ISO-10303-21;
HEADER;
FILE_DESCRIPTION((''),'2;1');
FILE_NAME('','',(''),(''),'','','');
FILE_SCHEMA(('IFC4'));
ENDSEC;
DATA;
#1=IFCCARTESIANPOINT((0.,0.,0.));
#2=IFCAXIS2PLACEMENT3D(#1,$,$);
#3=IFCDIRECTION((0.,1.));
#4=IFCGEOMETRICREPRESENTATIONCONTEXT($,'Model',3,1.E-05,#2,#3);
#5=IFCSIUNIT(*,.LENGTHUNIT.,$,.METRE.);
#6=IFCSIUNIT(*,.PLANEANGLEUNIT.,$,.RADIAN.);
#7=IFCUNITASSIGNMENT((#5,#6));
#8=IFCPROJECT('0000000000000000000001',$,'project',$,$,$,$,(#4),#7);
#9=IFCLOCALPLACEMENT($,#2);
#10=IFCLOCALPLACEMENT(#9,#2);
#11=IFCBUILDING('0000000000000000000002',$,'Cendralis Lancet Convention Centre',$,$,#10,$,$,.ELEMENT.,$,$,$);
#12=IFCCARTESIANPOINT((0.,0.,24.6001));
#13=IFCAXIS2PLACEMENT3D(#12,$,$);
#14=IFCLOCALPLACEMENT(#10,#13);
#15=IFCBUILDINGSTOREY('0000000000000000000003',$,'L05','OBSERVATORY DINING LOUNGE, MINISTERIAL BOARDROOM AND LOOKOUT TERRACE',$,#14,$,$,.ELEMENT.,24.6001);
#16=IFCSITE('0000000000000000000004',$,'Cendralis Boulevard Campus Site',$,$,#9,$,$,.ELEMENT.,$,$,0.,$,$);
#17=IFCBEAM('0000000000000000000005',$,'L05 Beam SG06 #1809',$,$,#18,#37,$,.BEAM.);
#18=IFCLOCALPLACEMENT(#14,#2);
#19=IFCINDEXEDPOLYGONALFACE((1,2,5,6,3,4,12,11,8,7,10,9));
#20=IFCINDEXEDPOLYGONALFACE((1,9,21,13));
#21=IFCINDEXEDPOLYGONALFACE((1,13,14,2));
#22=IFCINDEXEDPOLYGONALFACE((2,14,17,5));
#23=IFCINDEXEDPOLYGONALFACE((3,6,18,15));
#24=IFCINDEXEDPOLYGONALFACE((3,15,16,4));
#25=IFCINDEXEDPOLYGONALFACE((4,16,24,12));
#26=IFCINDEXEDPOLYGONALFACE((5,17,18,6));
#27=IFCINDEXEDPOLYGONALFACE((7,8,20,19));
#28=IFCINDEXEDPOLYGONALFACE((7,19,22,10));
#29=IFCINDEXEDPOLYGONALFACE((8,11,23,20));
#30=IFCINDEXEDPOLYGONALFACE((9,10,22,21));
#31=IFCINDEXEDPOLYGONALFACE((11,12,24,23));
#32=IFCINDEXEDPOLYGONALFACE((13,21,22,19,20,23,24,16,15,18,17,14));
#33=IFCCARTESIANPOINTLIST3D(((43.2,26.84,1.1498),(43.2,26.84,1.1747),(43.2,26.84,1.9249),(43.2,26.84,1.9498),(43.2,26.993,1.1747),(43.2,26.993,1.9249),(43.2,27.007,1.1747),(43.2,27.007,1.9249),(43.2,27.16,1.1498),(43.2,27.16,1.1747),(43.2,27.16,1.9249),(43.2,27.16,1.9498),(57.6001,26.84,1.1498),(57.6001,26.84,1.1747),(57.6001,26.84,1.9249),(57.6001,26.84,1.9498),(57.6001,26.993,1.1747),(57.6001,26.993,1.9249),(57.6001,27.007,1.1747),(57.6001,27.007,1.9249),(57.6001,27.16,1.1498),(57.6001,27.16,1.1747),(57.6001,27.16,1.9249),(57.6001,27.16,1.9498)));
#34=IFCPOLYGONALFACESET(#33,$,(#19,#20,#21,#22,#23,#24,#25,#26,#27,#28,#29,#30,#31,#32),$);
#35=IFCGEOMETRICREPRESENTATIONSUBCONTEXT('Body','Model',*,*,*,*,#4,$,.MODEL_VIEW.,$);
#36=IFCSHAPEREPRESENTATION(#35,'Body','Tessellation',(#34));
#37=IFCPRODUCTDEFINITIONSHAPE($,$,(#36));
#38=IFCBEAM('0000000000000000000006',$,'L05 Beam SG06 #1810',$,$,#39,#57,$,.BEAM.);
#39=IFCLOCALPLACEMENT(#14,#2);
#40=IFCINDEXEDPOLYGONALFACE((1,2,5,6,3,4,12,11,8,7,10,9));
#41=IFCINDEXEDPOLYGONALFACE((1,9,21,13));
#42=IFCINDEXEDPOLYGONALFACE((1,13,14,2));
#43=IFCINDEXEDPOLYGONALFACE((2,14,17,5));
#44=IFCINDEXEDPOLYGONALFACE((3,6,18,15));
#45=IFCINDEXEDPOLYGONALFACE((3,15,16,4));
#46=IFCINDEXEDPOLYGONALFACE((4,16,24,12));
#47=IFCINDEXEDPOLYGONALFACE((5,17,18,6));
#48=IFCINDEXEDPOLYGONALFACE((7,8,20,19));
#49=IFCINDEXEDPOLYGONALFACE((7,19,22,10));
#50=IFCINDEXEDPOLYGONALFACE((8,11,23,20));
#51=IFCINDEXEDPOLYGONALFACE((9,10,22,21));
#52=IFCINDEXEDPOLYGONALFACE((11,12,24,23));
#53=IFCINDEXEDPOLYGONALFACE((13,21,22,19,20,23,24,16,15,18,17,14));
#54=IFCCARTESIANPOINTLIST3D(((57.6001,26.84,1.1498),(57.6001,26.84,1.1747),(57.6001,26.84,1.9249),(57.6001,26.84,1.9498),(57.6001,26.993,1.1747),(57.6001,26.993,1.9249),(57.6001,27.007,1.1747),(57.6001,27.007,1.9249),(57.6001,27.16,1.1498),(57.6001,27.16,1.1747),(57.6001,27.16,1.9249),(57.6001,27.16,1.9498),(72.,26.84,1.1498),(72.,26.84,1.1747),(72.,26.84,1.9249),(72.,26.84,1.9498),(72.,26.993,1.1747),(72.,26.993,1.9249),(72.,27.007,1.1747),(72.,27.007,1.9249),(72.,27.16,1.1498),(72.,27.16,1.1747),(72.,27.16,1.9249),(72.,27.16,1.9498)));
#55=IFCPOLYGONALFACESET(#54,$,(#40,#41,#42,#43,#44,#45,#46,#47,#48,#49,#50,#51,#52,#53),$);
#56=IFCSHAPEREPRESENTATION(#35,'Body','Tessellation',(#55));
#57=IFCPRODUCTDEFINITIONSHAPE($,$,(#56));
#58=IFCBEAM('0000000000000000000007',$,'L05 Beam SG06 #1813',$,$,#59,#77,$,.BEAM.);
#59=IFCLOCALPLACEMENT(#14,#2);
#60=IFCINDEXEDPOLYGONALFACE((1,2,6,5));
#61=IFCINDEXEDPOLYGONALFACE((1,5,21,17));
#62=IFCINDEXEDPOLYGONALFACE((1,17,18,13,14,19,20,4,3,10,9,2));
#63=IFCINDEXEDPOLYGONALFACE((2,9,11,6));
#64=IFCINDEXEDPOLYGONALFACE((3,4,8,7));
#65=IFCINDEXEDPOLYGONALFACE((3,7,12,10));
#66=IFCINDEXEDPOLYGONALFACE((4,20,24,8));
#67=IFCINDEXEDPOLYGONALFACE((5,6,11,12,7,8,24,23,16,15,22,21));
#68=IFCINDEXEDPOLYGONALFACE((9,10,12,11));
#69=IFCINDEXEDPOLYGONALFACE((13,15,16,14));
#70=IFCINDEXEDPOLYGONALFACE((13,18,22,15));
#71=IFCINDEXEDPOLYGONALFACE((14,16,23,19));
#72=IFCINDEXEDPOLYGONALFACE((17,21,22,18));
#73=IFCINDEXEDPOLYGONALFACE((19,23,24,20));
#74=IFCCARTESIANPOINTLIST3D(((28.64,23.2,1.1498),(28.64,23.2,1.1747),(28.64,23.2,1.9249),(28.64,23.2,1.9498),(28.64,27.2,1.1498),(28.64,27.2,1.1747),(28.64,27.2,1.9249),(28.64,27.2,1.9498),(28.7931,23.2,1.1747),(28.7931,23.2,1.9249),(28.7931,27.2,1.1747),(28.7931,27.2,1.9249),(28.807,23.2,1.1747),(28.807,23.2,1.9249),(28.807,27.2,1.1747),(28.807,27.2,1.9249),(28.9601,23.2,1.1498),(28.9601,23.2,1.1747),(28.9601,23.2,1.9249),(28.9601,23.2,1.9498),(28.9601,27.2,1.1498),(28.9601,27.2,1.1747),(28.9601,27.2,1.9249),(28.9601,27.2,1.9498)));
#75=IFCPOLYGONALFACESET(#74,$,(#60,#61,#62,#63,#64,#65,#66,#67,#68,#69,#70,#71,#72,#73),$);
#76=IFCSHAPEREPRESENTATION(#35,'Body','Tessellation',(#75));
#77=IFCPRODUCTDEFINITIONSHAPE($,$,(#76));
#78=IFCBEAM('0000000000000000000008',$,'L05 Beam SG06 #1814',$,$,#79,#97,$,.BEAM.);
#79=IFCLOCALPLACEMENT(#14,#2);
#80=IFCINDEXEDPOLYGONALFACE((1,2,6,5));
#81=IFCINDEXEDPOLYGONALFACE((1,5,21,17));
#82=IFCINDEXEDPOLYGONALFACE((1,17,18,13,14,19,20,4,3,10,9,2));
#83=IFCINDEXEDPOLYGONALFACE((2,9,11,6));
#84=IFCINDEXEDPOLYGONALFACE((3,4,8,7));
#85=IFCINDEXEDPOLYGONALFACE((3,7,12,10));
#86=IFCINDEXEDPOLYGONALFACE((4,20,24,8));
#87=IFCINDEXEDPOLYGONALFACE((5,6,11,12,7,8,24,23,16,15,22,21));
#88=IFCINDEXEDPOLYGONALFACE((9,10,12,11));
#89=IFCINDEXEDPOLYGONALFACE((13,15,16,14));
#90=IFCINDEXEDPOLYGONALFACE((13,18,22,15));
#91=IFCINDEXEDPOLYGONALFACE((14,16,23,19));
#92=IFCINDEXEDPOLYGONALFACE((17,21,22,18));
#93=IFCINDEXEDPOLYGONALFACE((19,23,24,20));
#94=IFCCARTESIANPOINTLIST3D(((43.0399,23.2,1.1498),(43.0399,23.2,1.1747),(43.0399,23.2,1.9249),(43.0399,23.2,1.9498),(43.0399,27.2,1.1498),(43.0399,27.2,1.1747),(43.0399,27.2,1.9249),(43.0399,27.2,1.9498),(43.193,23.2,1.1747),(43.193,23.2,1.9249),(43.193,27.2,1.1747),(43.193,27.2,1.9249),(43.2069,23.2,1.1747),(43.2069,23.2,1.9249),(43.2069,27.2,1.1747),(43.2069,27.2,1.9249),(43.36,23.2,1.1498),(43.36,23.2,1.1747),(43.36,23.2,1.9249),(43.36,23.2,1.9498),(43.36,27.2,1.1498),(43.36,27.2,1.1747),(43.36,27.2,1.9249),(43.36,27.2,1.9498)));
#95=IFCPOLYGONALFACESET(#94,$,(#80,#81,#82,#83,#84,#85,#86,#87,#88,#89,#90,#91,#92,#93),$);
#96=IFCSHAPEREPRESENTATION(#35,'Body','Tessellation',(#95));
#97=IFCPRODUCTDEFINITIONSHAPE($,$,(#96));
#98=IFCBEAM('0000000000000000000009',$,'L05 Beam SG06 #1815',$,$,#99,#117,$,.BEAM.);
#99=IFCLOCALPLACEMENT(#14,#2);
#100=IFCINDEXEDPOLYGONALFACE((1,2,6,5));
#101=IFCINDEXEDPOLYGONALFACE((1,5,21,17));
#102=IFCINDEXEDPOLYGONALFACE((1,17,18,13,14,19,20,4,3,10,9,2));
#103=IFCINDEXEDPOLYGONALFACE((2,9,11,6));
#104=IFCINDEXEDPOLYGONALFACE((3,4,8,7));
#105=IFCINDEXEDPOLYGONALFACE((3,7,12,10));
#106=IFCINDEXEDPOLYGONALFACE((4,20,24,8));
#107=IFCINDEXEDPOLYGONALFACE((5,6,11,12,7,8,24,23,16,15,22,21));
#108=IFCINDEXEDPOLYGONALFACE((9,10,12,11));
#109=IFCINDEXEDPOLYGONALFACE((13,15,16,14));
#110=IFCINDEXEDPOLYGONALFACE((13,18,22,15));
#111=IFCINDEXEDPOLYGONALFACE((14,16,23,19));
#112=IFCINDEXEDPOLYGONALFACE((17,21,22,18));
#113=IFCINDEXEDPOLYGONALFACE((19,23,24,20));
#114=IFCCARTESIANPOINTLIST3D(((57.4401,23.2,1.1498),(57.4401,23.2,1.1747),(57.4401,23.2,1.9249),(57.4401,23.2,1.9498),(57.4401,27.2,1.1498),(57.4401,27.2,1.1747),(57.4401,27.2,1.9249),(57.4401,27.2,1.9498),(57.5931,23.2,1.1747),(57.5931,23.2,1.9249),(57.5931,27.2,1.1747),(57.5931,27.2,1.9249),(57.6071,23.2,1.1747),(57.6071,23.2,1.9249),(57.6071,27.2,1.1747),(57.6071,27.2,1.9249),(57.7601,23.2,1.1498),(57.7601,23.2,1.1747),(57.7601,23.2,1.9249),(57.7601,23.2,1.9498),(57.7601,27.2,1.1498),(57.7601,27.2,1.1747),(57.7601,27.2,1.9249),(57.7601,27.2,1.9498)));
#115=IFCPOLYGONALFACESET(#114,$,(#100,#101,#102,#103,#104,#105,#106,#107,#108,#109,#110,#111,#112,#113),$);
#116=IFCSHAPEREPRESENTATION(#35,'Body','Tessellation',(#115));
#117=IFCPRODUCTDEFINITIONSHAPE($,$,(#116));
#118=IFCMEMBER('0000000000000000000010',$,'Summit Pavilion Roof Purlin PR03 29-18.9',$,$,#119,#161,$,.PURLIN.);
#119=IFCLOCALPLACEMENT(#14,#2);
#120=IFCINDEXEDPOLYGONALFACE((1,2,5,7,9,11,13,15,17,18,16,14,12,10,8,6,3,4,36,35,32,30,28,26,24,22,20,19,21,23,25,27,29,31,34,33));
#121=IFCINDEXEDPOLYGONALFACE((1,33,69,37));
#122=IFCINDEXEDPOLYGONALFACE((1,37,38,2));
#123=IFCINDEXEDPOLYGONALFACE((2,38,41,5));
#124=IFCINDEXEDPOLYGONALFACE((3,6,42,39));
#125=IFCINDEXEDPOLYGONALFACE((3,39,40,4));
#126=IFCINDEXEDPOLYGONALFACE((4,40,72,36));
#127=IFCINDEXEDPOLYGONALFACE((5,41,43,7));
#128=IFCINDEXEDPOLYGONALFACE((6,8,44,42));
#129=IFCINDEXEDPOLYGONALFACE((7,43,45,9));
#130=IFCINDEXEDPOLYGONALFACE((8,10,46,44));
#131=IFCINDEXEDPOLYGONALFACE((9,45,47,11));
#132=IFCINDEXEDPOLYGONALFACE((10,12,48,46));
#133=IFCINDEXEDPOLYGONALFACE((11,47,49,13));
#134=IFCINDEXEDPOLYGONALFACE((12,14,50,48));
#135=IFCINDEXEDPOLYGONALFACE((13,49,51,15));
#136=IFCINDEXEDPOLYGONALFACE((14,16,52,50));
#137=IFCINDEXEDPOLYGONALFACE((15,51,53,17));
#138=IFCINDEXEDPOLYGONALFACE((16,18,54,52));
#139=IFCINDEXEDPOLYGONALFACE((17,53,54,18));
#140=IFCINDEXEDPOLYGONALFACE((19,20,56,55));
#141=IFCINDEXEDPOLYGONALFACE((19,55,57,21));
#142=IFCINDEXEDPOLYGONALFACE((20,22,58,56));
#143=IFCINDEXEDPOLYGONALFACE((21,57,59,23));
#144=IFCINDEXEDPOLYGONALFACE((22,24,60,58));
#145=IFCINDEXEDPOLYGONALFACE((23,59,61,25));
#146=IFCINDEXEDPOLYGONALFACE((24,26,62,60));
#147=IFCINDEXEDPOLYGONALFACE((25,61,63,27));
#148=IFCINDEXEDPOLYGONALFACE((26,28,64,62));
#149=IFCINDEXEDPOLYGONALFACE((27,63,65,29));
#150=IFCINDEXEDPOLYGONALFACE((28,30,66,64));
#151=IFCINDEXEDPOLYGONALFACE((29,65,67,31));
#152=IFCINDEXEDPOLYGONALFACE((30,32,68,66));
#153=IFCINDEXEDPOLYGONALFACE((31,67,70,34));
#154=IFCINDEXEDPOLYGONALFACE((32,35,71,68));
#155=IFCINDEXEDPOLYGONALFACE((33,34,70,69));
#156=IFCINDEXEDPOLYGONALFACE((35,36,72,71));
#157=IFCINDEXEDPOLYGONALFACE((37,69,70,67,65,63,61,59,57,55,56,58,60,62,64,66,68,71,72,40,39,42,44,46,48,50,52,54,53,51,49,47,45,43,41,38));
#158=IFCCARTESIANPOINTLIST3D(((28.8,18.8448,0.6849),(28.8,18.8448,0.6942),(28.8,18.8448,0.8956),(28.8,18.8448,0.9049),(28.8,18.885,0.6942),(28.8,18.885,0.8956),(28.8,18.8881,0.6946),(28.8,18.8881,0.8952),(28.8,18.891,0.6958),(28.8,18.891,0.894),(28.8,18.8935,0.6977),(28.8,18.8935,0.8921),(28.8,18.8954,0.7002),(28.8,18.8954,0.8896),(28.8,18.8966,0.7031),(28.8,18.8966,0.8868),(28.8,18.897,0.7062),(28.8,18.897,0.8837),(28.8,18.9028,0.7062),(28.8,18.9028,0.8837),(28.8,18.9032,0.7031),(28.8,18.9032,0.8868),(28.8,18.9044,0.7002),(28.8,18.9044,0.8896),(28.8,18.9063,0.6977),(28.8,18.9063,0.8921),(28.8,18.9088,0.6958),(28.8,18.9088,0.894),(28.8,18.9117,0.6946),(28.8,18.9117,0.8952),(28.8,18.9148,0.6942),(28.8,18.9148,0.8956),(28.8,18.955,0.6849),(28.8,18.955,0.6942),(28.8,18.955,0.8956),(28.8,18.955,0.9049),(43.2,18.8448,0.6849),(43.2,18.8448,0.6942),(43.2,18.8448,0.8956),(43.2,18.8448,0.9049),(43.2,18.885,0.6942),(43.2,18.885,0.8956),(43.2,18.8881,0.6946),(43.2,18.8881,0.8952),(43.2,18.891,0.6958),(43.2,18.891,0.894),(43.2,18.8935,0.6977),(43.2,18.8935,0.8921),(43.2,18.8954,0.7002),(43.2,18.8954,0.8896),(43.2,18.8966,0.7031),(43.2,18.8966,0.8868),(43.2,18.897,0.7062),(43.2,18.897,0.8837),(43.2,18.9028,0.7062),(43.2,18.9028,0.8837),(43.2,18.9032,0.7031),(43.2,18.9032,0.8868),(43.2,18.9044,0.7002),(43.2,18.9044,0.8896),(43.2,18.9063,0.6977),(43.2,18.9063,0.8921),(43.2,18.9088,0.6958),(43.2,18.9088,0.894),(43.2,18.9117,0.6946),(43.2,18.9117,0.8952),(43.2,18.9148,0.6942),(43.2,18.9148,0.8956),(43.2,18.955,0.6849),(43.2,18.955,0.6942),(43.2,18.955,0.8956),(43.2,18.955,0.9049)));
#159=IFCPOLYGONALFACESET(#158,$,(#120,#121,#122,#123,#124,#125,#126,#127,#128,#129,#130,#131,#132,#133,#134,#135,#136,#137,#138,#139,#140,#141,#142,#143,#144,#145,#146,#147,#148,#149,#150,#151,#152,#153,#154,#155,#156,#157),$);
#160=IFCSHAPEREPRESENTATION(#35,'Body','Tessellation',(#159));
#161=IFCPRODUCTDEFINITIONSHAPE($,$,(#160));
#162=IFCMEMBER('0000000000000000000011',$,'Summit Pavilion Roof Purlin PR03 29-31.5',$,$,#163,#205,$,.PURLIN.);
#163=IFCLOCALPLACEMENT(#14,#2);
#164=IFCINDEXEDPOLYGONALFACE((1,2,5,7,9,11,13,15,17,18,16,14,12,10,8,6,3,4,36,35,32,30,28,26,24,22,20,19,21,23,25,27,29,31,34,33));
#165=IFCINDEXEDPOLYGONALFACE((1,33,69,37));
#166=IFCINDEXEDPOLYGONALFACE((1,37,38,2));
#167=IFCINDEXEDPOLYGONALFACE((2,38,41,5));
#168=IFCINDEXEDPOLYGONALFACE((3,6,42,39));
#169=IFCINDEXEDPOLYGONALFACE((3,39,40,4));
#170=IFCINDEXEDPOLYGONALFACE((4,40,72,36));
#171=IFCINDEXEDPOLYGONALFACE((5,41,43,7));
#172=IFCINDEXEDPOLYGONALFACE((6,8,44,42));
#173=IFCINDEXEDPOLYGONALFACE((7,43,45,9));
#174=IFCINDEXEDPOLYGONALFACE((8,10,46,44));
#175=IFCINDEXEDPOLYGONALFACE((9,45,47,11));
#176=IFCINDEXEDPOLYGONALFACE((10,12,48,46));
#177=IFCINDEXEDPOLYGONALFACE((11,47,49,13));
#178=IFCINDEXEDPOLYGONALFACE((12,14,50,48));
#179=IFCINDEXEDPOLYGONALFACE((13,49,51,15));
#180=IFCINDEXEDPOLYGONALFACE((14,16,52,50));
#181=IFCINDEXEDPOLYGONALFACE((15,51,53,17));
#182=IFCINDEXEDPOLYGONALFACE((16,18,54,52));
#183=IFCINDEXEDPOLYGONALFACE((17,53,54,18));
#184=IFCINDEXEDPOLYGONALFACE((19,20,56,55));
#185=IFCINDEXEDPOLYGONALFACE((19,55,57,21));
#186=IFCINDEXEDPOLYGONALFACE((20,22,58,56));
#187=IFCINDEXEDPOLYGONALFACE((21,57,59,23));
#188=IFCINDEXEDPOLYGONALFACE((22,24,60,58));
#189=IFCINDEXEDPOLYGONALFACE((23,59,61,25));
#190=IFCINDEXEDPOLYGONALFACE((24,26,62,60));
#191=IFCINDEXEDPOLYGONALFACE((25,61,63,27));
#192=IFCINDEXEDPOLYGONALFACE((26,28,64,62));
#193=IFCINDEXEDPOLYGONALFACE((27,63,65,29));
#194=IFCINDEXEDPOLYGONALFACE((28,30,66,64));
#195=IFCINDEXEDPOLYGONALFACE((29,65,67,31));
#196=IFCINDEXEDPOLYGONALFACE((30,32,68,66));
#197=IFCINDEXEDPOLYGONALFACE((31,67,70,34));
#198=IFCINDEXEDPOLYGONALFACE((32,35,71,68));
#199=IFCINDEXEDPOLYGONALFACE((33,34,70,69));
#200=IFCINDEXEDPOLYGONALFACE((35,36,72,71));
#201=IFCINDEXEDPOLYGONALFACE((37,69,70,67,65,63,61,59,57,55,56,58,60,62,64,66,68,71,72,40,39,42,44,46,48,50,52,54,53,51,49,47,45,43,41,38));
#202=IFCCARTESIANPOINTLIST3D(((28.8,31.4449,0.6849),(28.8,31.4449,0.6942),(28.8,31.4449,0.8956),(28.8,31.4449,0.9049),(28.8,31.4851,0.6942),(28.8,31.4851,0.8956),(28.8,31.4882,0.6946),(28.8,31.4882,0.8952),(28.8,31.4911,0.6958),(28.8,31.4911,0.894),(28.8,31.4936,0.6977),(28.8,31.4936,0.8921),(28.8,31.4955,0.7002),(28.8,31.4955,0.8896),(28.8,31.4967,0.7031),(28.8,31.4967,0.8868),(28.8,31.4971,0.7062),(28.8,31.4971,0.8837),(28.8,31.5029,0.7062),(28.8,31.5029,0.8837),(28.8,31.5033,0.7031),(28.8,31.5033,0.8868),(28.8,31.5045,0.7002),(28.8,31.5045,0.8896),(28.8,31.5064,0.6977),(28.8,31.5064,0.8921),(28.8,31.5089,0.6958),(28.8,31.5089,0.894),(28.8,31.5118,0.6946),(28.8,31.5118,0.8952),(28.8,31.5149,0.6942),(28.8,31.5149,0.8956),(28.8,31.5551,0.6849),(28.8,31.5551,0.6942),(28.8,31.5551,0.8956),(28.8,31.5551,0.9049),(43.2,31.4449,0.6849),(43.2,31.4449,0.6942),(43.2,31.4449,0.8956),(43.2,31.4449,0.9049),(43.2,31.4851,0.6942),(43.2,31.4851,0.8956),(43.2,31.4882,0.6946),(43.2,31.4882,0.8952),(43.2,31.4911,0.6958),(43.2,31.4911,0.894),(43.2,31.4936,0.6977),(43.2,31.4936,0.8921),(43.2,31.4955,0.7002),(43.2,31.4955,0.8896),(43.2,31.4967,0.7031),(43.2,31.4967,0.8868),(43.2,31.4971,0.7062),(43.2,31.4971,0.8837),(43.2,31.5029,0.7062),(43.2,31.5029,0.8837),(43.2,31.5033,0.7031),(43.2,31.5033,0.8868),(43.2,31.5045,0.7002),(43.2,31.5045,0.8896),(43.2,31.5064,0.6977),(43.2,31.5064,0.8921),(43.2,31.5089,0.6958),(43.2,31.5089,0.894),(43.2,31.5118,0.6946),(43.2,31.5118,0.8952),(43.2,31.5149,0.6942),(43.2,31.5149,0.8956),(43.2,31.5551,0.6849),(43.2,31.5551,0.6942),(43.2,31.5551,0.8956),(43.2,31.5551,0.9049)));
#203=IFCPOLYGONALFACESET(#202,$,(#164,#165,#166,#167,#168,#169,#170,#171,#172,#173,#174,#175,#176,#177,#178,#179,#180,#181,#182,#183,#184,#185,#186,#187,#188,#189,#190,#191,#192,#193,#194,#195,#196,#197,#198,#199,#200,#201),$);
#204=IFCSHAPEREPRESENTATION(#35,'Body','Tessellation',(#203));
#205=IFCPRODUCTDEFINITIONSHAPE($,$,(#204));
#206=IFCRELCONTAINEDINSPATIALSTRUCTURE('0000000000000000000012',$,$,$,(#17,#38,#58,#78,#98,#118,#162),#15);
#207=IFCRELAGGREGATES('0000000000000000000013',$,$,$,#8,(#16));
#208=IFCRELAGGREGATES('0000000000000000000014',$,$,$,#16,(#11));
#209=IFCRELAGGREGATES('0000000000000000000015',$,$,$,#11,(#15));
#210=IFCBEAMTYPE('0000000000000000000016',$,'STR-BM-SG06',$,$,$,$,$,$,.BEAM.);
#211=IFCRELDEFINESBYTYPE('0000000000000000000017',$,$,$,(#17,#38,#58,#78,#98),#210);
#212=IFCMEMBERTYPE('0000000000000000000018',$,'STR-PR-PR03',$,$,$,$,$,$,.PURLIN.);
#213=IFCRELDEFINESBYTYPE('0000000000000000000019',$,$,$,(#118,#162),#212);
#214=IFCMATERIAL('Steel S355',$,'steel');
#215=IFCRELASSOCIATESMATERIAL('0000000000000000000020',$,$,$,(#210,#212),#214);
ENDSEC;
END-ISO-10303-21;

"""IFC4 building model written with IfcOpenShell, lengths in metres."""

from ifc_helpers import new_model, si_unit, direction, frame, origin, origin_2d, place, context, subcontext, project, spatial, i_section, extrude, material, material_profile, profile_set, type_object, element, save


model = new_model("IFC4")

# Units and contexts
model_context = context("Model", 3, precision=1e-05, world=origin(), true_north=direction((0.0, 1.0)))
body_context = subcontext(model_context, "Body", "Model", "MODEL_VIEW")
ifc_project = project(units=[si_unit("LENGTHUNIT", "METRE"), si_unit("PLANEANGLEUNIT", "RADIAN")], contexts=[model_context])

# Site, building, storey
site_placement = place(None, origin())
site = spatial("IfcSite", under=ifc_project, at=site_placement, Name="Cendralis Boulevard Campus Site", CompositionType="ELEMENT", RefElevation=0.0)
building_placement = place(site_placement, origin())
building = spatial("IfcBuilding", under=site, at=building_placement, Name="Cendralis Lancet Convention Centre", CompositionType="ELEMENT")
storey_placement = place(building_placement, frame((0.0, 0.0, 24.6001)))
storey = spatial("IfcBuildingStorey", under=building, at=storey_placement, Name="L05", Description="OBSERVATORY DINING LOUNGE, MINISTERIAL BOARDROOM AND LOOKOUT TERRACE", CompositionType="ELEMENT", Elevation=24.6001)

# Beams
ifc_material_1 = material(Name="Steel S355", Category="steel")
ifc_material_profile_1 = material_profile(ifc_material_1, i_section(OverallWidth=0.3201, OverallDepth=0.8, WebThickness=0.0139, FlangeThickness=0.0249, at=origin_2d()), Name="PG 800x320")
ifc_profile_set_1 = profile_set([ifc_material_profile_1], Name="Steel S355")
beam_type_1 = type_object("IfcBeamType", Name="STR-BM-SG06", PredefinedType="BEAM", material=ifc_profile_set_1)
beam_1_placement = place(storey_placement, frame((43.2, 27.0, 1.5498), z_axis=(1.0, 0.0, 0.0), x_axis=(0.0, 1.0, 0.0)))
element("IfcBeam", 1, at=beam_1_placement, inside=storey, type_object=beam_type_1, Name="L05 Beam SG06 #1809", PredefinedType="BEAM", context=body_context, shape_type="SweptSolid", body=[
    extrude(i_section(OverallWidth=0.3201, OverallDepth=0.8, WebThickness=0.0139, FlangeThickness=0.0249, at=origin_2d()), origin(), (0.0, 0.0, 1.0), 14.4001),
])
beam_2_placement = place(storey_placement, frame((57.6001, 27.0, 1.5498), z_axis=(1.0, 0.0, 0.0), x_axis=(0.0, 1.0, 0.0)))
element("IfcBeam", 2, at=beam_2_placement, inside=storey, type_object=beam_type_1, Name="L05 Beam SG06 #1810", PredefinedType="BEAM", context=body_context, shape_type="SweptSolid", body=[
    extrude(i_section(OverallWidth=0.3201, OverallDepth=0.8, WebThickness=0.0139, FlangeThickness=0.0249, at=origin_2d()), origin(), (0.0, 0.0, 1.0), 14.3999),
])
for number, where, z_axis, x_axis, name in (
    (3, (28.8, 23.2, 1.5498), (0.0, 1.0, 0.0), (-1.0, 0.0, 0.0), "L05 Beam SG06 #1813"),
    (4, (43.2, 23.2, 1.5498), (0.0, 1.0, 0.0), (-1.0, 0.0, 0.0), "L05 Beam SG06 #1814"),
    (5, (57.6001, 23.2, 1.5498), (0.0, 1.0, 0.0), (-1.0, 0.0, 0.0), "L05 Beam SG06 #1815"),
):
    element("IfcBeam", number, at=place(storey_placement, frame(where, z_axis=z_axis, x_axis=x_axis)), inside=storey, type_object=beam_type_1, Name=name, PredefinedType="BEAM", context=body_context, shape_type="SweptSolid", body=[
        extrude(i_section(OverallWidth=0.3201, OverallDepth=0.8, WebThickness=0.0139, FlangeThickness=0.0249, at=origin_2d()), origin(), (0.0, 0.0, 1.0), 4.0),
    ])

# Members
ifc_material_profile_2 = material_profile(ifc_material_1, i_section(OverallWidth=0.1101, OverallDepth=0.22, WebThickness=0.0059, FlangeThickness=0.0093, FilletRadius=0.012, at=origin_2d()), Name="IPE 220")
ifc_profile_set_2 = profile_set([ifc_material_profile_2], Name="Steel S355")
member_type_1 = type_object("IfcMemberType", Name="STR-PR-PR03", PredefinedType="PURLIN", material=ifc_profile_set_2)
for number, where, z_axis, x_axis, name in (
    (6, (28.8, 18.8999, 0.7949), (1.0, 0.0, 0.0), (0.0, 1.0, 0.0), "Summit Pavilion Roof Purlin PR03 29-18.9"),
    (7, (28.8, 31.5, 0.7949), (1.0, 0.0, 0.0), (0.0, 1.0, 0.0), "Summit Pavilion Roof Purlin PR03 29-31.5"),
):
    element("IfcMember", number, at=place(storey_placement, frame(where, z_axis=z_axis, x_axis=x_axis)), inside=storey, type_object=member_type_1, Name=name, PredefinedType="PURLIN", context=body_context, shape_type="SweptSolid", body=[
        extrude(i_section(OverallWidth=0.1101, OverallDepth=0.22, WebThickness=0.0059, FlangeThickness=0.0093, FilletRadius=0.012, at=origin_2d()), origin(), (0.0, 0.0, 1.0), 14.3999),
    ])

save(model, "model.ifc")
